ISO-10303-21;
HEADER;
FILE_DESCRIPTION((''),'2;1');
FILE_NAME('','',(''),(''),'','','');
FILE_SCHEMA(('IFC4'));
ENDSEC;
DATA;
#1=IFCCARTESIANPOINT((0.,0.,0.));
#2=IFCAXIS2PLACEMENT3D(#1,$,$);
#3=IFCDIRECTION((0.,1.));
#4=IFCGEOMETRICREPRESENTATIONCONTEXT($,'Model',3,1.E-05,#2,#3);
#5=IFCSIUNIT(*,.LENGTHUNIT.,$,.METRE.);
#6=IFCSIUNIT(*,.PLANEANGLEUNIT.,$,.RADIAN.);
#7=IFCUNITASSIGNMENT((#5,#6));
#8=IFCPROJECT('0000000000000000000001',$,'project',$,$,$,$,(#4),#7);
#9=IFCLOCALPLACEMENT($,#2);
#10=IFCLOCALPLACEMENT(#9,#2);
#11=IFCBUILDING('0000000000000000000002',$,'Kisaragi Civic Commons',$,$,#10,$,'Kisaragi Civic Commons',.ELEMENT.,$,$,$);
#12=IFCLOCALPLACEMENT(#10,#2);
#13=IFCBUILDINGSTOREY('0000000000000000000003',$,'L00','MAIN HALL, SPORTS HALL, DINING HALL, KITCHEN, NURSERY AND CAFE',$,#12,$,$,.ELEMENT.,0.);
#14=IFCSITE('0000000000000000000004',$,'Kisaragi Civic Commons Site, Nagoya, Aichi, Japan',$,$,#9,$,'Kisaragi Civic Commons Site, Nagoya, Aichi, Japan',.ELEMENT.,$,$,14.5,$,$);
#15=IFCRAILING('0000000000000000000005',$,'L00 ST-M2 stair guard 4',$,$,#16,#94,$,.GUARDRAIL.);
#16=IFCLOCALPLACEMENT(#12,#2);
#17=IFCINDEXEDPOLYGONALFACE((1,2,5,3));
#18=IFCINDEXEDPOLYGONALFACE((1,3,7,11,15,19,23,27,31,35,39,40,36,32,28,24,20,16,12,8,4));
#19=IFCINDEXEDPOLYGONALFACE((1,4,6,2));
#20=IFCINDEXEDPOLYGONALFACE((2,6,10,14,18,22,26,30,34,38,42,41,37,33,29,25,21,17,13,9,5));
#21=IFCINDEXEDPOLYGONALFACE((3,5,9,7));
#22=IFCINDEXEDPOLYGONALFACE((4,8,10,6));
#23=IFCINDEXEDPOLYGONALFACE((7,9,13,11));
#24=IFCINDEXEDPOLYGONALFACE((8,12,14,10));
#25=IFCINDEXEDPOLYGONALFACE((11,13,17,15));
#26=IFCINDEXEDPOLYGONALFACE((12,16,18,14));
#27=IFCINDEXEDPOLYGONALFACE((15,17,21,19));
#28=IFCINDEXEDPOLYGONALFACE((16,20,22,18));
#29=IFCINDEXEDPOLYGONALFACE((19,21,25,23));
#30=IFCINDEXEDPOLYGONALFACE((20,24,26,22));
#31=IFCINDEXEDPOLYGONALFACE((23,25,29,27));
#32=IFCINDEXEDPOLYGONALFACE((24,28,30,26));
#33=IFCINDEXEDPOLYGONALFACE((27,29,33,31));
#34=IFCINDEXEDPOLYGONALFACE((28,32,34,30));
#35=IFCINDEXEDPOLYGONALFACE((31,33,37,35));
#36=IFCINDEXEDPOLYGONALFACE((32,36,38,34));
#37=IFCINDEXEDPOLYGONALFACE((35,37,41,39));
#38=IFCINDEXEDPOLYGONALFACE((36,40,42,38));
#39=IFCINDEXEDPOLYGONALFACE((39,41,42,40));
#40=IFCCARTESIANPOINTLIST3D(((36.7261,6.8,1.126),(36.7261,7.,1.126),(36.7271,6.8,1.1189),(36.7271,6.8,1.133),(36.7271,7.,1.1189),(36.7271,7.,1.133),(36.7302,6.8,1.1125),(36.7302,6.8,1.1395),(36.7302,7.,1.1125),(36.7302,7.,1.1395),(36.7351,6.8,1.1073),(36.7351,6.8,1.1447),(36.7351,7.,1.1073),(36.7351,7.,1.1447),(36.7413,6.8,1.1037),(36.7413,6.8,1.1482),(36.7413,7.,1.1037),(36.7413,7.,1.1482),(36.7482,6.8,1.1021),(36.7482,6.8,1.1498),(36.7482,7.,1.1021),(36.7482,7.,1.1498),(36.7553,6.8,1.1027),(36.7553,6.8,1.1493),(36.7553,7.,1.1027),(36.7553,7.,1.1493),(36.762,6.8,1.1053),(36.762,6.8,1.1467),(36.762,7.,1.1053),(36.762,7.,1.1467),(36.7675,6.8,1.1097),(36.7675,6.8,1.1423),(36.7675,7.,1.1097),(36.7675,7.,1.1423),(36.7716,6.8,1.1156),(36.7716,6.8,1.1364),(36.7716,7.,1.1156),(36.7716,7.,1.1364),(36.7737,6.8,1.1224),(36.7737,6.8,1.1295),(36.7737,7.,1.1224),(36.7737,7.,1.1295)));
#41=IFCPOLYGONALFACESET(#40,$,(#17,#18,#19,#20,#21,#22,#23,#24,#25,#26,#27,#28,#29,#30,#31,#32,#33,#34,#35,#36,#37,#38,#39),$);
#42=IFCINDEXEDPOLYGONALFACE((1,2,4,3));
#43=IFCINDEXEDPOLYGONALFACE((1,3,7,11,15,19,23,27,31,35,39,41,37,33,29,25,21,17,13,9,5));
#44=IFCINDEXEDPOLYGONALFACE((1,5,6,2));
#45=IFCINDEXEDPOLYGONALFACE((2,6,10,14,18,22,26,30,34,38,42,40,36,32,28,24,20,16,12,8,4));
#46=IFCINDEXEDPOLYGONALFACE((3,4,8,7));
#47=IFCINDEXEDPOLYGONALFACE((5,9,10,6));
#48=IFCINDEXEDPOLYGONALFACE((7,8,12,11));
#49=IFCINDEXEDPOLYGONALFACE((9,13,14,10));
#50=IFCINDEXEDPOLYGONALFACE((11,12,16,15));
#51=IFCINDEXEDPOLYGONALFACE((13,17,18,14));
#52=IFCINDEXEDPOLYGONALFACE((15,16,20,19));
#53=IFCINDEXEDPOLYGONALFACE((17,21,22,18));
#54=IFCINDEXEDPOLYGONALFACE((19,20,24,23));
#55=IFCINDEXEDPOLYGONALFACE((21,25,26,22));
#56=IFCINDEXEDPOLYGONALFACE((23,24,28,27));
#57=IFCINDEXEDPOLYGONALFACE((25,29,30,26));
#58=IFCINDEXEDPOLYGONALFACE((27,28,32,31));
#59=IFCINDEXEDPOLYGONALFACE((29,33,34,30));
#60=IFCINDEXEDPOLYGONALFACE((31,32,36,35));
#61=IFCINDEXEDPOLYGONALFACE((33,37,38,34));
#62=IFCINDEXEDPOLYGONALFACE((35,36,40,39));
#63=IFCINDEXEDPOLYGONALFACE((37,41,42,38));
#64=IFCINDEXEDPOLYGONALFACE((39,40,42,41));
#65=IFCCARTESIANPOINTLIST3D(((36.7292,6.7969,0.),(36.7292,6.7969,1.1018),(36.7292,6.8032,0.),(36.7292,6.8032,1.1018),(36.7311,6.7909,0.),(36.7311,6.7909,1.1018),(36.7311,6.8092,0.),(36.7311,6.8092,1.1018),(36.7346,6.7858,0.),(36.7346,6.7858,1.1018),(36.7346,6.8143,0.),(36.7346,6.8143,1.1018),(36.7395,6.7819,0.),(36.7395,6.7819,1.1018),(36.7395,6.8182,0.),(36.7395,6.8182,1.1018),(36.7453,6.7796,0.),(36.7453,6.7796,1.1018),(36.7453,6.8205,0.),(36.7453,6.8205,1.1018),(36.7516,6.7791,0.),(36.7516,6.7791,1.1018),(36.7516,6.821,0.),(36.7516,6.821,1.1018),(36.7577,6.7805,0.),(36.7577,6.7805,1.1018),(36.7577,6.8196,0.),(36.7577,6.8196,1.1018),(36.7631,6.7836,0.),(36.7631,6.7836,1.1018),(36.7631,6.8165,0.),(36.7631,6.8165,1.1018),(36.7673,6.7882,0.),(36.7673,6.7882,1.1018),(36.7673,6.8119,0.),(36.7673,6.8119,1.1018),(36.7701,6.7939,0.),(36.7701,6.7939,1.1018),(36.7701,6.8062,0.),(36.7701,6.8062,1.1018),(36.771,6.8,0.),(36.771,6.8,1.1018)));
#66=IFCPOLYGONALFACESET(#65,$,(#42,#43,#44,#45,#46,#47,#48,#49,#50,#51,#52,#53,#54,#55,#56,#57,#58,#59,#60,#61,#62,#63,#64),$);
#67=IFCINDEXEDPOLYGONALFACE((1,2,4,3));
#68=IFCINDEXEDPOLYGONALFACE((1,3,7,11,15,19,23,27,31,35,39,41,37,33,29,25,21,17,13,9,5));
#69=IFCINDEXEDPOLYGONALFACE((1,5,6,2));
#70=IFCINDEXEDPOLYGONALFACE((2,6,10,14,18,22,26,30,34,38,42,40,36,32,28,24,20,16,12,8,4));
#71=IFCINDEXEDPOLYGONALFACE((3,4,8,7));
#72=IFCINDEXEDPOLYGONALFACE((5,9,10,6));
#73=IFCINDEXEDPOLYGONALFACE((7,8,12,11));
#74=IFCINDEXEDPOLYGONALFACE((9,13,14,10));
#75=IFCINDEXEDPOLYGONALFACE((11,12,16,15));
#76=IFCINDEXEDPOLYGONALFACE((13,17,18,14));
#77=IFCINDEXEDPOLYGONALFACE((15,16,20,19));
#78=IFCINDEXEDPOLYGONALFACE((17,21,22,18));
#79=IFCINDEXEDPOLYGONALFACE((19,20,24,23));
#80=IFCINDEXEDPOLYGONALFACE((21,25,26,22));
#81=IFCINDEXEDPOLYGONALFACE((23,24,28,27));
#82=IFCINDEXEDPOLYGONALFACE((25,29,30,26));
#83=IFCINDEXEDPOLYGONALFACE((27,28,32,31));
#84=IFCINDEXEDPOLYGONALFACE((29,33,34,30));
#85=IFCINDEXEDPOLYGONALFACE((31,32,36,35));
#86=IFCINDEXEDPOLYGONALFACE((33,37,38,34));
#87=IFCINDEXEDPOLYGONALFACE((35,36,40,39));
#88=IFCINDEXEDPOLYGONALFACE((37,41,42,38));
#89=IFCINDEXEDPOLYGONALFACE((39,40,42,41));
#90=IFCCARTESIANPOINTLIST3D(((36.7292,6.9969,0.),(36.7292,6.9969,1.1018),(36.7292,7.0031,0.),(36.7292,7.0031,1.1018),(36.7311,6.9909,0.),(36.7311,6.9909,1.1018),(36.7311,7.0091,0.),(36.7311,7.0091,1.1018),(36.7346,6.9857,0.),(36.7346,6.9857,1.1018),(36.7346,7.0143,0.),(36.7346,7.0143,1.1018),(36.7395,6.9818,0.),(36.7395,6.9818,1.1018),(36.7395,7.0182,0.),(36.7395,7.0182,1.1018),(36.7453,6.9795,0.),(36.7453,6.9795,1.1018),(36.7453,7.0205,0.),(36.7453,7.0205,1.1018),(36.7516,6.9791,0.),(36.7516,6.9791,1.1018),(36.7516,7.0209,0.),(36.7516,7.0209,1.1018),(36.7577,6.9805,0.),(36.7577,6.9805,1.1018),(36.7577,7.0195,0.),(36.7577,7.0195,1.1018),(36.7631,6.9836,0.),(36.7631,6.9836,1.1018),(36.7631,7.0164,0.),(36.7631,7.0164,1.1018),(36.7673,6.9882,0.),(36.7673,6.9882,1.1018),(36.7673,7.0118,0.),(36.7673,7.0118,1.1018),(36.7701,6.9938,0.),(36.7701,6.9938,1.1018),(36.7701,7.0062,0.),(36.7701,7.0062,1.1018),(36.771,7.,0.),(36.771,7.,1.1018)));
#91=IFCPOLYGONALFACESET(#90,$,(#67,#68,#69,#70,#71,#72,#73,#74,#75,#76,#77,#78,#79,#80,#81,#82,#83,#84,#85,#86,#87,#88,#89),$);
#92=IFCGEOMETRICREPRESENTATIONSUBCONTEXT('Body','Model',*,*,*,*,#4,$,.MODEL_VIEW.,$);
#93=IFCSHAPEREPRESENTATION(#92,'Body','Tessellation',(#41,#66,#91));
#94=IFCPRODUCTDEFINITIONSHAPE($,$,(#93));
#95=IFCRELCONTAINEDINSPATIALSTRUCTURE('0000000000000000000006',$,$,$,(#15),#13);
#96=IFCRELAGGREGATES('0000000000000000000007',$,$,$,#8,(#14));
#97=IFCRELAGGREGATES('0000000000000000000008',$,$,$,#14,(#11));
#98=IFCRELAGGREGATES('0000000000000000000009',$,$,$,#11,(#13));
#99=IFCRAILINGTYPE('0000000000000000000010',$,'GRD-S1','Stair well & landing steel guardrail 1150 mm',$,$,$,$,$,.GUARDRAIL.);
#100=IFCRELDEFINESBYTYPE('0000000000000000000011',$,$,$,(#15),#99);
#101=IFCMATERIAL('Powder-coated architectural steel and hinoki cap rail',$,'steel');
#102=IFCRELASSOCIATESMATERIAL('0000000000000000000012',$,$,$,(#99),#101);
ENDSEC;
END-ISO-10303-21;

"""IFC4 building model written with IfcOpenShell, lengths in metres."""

from ifc_helpers import new_model, si_unit, direction, frame, origin, origin_2d, place, context, subcontext, project, spatial, circle, extrude, material, type_object, element, save


model = new_model("IFC4")

# Units and contexts
model_context = context("Model", 3, precision=1e-05, world=origin(), true_north=direction((0.0, 1.0)))
body_context = subcontext(model_context, "Body", "Model", "MODEL_VIEW")
ifc_project = project(units=[si_unit("LENGTHUNIT", "METRE"), si_unit("PLANEANGLEUNIT", "RADIAN")], contexts=[model_context])

# Site, building, storey
site_placement = place(None, origin())
site = spatial("IfcSite", under=ifc_project, at=site_placement, Name="Kisaragi Civic Commons Site, Nagoya, Aichi, Japan", LongName="Kisaragi Civic Commons Site, Nagoya, Aichi, Japan", CompositionType="ELEMENT", RefElevation=14.5)
building_placement = place(site_placement, origin())
building = spatial("IfcBuilding", under=site, at=building_placement, Name="Kisaragi Civic Commons", LongName="Kisaragi Civic Commons", CompositionType="ELEMENT")
storey_placement = place(building_placement, origin())
storey = spatial("IfcBuildingStorey", under=building, at=storey_placement, Name="L00", Description="MAIN HALL, SPORTS HALL, DINING HALL, KITCHEN, NURSERY AND CAFE", CompositionType="ELEMENT", Elevation=0.0)

# Railing
ifc_material_1 = material(Name="Powder-coated architectural steel and hinoki cap rail", Category="steel")
railing_type_1 = type_object("IfcRailingType", Name="GRD-S1", Description="Stair well & landing steel guardrail 1150 mm", PredefinedType="GUARDRAIL", material=ifc_material_1)
railing_1_placement = place(storey_placement, frame((36.75, 6.8, 0.0)))
element("IfcRailing", 1, at=railing_1_placement, inside=storey, type_object=railing_type_1, Name="L00 ST-M2 stair guard 4", PredefinedType="GUARDRAIL", context=body_context, shape_type="SweptSolid", body=[
    extrude(circle(Radius=0.0239, at=origin_2d()), frame((0.0, 0.0, 1.126), z_axis=(0.0, 1.0, 0.0), x_axis=(-1.0, 0.0, 0.0)), (0.0, 0.0, 1.0), 0.2),
    extrude(circle(Radius=0.021, at=origin_2d()), origin(), (0.0, 0.0, 1.0), 1.1018),
    extrude(circle(Radius=0.021, at=origin_2d()), frame((0.0, 0.2, 0.0)), (0.0, 0.0, 1.0), 1.1018),
])

save(model, "model.ifc")
